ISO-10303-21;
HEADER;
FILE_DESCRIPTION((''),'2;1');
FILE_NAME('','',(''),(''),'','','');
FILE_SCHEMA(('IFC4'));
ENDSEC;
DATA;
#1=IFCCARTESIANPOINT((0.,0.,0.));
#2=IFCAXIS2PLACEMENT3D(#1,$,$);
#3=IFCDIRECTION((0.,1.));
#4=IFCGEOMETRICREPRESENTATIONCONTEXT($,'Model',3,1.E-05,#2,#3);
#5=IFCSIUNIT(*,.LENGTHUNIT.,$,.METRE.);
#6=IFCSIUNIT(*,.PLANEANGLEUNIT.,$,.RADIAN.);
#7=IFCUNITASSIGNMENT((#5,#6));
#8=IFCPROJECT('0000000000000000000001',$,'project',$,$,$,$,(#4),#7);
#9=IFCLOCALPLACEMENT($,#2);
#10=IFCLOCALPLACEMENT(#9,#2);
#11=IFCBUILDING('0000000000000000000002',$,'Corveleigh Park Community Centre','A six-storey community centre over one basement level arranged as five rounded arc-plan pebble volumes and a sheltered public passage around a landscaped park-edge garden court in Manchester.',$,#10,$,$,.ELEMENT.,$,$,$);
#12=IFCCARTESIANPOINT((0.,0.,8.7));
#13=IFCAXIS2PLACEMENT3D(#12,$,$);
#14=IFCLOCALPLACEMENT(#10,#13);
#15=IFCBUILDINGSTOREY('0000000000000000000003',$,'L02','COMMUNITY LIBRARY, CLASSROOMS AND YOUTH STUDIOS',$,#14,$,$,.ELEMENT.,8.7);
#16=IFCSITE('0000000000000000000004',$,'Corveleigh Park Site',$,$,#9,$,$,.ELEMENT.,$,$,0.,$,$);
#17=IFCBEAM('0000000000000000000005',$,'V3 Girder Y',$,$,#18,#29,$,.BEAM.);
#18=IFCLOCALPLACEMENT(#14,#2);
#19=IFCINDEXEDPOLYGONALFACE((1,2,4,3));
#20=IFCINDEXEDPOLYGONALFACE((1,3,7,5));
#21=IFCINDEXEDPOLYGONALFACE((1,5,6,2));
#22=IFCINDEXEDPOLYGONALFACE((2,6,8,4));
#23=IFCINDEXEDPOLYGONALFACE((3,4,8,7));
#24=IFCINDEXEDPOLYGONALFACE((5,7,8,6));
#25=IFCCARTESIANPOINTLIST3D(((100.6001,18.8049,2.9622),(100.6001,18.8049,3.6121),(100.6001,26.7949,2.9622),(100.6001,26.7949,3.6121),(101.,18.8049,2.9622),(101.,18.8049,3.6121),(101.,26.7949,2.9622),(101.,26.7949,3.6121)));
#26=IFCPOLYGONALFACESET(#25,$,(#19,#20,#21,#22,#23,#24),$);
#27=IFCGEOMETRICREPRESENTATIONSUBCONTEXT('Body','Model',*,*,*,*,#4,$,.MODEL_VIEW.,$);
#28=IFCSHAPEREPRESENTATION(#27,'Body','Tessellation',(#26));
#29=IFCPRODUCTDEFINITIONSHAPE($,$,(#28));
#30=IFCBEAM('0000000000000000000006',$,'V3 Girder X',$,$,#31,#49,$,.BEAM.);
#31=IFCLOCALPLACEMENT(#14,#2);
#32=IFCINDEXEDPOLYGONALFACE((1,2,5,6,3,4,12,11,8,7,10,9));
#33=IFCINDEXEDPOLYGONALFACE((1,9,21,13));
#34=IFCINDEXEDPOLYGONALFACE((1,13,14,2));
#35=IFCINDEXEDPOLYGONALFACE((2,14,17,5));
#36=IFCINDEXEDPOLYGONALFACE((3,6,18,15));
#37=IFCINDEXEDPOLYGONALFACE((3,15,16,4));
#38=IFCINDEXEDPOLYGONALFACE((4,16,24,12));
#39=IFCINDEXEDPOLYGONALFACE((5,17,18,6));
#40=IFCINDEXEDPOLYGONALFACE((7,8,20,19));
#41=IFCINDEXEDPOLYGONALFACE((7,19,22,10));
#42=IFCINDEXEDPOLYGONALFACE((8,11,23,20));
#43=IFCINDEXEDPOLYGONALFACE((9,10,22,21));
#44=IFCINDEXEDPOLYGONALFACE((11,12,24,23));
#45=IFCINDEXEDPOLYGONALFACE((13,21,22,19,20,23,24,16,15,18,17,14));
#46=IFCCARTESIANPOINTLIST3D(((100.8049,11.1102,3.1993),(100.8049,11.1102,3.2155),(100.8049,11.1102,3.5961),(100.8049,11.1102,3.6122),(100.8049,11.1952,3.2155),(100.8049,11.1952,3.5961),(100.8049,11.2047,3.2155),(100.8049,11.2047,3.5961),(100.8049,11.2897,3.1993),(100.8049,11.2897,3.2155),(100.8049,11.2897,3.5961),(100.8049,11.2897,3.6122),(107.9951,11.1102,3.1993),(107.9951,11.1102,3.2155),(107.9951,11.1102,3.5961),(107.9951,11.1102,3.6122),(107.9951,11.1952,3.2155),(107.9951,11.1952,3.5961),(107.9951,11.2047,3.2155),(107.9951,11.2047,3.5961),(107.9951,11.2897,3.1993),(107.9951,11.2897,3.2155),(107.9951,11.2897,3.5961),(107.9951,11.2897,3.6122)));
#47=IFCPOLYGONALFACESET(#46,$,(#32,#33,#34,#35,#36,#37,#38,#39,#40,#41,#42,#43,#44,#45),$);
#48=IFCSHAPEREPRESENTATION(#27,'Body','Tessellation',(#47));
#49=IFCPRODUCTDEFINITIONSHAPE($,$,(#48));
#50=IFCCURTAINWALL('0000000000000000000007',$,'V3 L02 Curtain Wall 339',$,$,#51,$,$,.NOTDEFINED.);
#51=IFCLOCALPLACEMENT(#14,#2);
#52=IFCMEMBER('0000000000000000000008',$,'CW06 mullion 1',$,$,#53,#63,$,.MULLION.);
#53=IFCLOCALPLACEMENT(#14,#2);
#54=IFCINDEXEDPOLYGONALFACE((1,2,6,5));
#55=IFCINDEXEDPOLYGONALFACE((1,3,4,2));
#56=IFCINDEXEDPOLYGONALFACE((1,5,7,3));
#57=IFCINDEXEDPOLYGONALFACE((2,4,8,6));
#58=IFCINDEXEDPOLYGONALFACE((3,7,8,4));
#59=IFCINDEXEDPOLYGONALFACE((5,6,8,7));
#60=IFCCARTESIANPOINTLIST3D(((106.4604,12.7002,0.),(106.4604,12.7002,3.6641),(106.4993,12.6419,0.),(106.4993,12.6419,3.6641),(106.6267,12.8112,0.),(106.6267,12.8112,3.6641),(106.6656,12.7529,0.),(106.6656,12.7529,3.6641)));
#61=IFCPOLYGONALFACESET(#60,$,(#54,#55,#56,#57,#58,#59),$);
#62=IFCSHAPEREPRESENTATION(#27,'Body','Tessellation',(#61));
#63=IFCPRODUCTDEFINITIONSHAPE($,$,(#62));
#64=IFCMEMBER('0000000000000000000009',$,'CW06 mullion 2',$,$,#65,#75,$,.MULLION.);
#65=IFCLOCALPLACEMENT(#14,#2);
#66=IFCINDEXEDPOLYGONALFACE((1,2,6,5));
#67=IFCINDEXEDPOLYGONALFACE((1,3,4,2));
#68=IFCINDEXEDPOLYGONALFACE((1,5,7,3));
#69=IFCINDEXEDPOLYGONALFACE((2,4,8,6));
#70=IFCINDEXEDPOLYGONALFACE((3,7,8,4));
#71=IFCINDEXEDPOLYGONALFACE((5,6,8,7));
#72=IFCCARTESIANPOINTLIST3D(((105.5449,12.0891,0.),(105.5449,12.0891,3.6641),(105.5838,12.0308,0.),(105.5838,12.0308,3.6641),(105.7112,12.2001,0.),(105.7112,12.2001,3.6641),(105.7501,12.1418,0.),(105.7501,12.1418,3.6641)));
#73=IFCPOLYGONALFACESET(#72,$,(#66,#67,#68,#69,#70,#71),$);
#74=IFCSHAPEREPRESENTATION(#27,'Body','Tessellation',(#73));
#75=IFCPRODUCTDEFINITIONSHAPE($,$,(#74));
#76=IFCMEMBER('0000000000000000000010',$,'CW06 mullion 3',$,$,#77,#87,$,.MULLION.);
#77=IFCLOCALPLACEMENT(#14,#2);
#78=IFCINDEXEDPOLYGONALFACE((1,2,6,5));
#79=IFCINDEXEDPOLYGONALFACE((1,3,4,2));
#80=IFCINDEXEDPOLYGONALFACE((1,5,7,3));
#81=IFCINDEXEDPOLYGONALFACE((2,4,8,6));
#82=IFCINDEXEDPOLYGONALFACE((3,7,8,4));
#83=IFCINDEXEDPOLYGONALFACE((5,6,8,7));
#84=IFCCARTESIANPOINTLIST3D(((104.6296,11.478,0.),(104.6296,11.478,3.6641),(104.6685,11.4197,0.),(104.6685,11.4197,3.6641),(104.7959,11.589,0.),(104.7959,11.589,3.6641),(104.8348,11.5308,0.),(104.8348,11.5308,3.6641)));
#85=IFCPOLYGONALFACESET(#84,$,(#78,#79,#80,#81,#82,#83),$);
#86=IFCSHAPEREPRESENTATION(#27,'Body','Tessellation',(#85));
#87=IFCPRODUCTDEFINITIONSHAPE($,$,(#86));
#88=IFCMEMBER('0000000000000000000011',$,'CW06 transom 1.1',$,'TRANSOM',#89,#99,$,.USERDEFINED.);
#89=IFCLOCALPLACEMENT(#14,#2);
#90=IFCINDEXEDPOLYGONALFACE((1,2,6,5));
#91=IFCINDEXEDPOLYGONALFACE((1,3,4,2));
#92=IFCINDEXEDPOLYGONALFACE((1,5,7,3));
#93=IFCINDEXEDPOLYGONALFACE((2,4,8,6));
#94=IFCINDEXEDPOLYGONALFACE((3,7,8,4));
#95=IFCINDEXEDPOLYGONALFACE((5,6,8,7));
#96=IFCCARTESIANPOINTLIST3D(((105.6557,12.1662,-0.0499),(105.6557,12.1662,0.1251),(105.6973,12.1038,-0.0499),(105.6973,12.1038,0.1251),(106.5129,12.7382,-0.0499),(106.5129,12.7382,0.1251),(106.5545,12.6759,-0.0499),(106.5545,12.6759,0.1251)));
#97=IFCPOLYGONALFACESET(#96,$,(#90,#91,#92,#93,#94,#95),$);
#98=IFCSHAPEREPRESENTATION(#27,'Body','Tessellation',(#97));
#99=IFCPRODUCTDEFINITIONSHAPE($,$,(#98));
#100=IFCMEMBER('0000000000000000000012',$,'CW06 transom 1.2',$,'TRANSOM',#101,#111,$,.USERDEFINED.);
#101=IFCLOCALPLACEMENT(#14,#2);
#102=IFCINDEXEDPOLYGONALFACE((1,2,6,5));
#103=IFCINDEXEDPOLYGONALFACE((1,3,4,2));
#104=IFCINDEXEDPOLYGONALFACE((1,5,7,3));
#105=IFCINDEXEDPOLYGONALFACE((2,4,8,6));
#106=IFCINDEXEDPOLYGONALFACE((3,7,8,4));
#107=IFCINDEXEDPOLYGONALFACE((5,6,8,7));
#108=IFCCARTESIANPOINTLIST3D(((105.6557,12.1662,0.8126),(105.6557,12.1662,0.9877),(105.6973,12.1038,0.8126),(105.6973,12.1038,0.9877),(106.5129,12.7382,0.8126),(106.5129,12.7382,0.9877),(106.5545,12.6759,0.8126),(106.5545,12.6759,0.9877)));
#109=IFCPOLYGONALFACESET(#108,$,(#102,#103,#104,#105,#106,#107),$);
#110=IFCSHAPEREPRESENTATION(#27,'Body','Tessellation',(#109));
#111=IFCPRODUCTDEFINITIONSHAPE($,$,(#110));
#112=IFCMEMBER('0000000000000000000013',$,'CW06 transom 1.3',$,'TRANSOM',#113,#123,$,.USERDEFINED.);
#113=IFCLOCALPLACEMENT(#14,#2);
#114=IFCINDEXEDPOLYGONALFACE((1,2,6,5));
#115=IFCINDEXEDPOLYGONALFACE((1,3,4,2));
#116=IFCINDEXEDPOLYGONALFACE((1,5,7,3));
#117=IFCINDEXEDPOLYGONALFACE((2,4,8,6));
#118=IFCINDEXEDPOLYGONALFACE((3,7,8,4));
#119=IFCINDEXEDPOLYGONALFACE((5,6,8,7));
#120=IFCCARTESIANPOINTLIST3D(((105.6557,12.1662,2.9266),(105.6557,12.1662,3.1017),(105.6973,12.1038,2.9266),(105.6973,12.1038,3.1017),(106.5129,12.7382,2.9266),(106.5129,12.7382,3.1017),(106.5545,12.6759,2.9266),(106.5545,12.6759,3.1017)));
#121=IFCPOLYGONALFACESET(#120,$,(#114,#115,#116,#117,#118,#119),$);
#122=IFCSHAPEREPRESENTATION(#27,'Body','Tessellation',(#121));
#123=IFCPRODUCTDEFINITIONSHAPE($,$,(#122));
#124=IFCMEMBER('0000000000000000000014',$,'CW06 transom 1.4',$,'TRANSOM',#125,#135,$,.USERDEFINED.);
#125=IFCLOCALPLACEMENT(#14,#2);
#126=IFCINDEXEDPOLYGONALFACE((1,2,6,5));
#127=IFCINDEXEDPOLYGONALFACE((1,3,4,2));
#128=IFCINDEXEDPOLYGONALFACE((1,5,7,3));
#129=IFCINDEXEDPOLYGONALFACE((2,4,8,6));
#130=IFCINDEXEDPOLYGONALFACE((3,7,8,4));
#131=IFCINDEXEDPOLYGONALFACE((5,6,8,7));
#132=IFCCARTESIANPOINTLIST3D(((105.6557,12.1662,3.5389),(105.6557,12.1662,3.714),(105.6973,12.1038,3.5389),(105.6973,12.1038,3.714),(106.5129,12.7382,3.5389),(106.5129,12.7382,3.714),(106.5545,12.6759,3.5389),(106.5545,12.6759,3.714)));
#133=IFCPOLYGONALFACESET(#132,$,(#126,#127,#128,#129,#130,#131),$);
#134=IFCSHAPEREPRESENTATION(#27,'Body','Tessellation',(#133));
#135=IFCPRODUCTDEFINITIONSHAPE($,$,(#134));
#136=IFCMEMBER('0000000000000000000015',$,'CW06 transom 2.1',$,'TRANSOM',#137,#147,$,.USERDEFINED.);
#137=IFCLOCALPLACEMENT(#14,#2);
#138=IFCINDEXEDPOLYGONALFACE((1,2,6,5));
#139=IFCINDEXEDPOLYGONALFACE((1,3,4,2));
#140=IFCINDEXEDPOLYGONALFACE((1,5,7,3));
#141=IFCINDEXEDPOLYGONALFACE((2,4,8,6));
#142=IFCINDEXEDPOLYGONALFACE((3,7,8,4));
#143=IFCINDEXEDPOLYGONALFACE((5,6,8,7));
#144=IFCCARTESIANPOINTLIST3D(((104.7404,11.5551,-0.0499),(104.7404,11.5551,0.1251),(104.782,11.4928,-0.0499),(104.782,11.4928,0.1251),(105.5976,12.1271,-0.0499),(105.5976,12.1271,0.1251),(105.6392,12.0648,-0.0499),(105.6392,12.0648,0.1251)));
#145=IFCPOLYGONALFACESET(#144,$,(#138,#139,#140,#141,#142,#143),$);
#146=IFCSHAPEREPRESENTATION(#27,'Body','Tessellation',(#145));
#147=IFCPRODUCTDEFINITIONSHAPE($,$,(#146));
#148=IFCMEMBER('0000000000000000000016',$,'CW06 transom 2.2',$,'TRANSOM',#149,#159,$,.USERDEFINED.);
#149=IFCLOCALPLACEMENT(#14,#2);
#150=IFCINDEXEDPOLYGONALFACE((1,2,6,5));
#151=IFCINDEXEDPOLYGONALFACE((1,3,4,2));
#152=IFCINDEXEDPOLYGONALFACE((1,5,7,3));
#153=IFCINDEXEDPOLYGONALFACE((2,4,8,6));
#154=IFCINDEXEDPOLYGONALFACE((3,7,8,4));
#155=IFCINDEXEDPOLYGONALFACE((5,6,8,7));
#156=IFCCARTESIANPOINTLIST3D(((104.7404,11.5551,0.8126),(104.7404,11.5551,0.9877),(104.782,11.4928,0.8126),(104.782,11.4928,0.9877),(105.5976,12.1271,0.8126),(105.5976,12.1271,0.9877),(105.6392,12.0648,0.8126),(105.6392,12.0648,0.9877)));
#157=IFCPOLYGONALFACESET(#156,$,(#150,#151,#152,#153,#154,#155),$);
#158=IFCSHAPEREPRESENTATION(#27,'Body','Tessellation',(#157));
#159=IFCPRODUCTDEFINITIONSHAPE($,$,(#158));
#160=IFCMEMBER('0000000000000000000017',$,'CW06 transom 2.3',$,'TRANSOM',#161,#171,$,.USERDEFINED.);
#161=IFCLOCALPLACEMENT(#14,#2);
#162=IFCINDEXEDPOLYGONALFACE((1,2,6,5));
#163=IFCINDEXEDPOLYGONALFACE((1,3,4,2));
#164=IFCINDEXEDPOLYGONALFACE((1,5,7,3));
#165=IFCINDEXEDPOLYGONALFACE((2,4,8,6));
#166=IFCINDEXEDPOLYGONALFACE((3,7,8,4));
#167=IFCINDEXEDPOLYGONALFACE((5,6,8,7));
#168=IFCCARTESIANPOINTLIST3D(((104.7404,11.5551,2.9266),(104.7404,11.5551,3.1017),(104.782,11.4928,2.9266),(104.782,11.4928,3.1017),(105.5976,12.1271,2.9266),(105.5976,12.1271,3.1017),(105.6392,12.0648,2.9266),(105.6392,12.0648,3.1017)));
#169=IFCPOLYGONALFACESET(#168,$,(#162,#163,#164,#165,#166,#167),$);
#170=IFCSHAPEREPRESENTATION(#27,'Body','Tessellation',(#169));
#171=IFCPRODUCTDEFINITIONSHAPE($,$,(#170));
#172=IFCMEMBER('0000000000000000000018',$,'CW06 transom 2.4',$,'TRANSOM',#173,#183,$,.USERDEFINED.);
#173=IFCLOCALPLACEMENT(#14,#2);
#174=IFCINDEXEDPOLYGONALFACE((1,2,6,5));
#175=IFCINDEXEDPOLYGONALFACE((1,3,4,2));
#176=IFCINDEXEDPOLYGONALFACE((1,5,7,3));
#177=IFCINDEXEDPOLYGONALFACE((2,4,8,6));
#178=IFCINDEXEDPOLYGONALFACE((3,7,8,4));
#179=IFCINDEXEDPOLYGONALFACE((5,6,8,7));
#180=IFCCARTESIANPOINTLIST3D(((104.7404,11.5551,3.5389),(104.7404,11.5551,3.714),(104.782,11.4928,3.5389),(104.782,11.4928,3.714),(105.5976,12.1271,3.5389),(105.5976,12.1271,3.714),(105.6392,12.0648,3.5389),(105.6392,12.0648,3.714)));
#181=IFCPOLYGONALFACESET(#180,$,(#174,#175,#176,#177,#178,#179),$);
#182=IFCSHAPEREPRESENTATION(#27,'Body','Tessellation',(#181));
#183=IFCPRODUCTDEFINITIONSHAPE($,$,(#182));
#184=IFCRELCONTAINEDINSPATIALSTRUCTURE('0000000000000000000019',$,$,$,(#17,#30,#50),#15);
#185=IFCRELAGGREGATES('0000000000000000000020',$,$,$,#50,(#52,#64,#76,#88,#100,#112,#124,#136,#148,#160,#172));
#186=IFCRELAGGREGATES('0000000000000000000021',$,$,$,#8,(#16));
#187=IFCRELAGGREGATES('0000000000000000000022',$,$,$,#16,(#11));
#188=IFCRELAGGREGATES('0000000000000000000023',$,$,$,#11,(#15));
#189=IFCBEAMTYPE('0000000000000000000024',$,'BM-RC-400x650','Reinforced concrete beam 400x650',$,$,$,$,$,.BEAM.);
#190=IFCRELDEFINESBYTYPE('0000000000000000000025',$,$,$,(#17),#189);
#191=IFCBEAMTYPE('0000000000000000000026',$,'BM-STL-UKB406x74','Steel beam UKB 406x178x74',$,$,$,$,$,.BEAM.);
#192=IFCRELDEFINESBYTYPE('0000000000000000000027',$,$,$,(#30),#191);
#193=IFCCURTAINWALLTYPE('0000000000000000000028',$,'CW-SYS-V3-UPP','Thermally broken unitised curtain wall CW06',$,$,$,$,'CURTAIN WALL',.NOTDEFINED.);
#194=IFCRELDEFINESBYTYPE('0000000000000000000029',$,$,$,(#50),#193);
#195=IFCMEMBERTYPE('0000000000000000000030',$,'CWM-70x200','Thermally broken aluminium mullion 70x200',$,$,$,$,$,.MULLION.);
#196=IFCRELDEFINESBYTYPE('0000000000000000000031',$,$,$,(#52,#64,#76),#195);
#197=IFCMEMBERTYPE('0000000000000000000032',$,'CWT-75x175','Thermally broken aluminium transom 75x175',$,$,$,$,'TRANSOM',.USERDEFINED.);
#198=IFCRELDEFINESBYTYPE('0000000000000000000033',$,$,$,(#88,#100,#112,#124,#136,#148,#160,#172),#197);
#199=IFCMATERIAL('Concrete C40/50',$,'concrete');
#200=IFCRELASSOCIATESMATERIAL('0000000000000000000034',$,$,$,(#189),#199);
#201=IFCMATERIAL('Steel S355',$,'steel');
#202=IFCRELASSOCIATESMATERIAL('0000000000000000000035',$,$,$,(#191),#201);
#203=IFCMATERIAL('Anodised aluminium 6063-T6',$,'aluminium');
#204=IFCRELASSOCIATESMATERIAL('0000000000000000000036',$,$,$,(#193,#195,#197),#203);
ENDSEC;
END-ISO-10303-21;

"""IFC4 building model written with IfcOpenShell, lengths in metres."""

from ifc_helpers import new_model, si_unit, direction, frame, origin, origin_2d, place, context, subcontext, project, spatial, rectangle, i_section, extrude, material, material_profile, profile_set, type_object, element, aggregate, save


model = new_model("IFC4")

# Units and contexts
model_context = context("Model", 3, precision=1e-05, world=origin(), true_north=direction((0.0, 1.0)))
body_context = subcontext(model_context, "Body", "Model", "MODEL_VIEW")
ifc_project = project(units=[si_unit("LENGTHUNIT", "METRE"), si_unit("PLANEANGLEUNIT", "RADIAN")], contexts=[model_context])

# Site, building, storey
site_placement = place(None, origin())
site = spatial("IfcSite", under=ifc_project, at=site_placement, Name="Corveleigh Park Site", CompositionType="ELEMENT", RefElevation=0.0)
building_placement = place(site_placement, origin())
building = spatial("IfcBuilding", under=site, at=building_placement, Name="Corveleigh Park Community Centre", Description="A six-storey community centre over one basement level arranged as five rounded arc-plan pebble volumes and a sheltered public passage around a landscaped park-edge garden court in Manchester.", CompositionType="ELEMENT")
storey_placement = place(building_placement, frame((0.0, 0.0, 8.7)))
storey = spatial("IfcBuildingStorey", under=building, at=storey_placement, Name="L02", Description="COMMUNITY LIBRARY, CLASSROOMS AND YOUTH STUDIOS", CompositionType="ELEMENT", Elevation=8.7)

# Beams
ifc_material_1 = material(Name="Concrete C40/50", Category="concrete")
ifc_material_profile_1 = material_profile(ifc_material_1, rectangle(XDim=0.3999, YDim=0.6499, at=origin_2d()), Name="RC-400x650", Category="concrete")
ifc_profile_set_1 = profile_set([ifc_material_profile_1], Name="Concrete C40/50")
beam_type_1 = type_object("IfcBeamType", Name="BM-RC-400x650", Description="Reinforced concrete beam 400x650", PredefinedType="BEAM", material=ifc_profile_set_1)
beam_1_placement = place(storey_placement, frame((100.8, 18.8049, 3.2871), z_axis=(0.0, 1.0, 0.0), x_axis=(-1.0, 0.0, 0.0)))
element("IfcBeam", 1, at=beam_1_placement, inside=storey, type_object=beam_type_1, Name="V3 Girder Y", PredefinedType="BEAM", context=body_context, shape_type="SweptSolid", body=[
    extrude(rectangle(XDim=0.3999, YDim=0.6499, at=origin_2d()), origin(), (0.0, 0.0, 1.0), 7.99),
])
ifc_material_2 = material(Name="Steel S355", Category="steel")
ifc_material_profile_2 = material_profile(ifc_material_2, i_section(OverallWidth=0.1794, OverallDepth=0.4128, WebThickness=0.0095, FlangeThickness=0.0161, at=origin_2d()), Name="UKB 406x178x74", Category="steel")
ifc_profile_set_2 = profile_set([ifc_material_profile_2], Name="Steel S355")
beam_type_2 = type_object("IfcBeamType", Name="BM-STL-UKB406x74", Description="Steel beam UKB 406x178x74", PredefinedType="BEAM", material=ifc_profile_set_2)
beam_2_placement = place(storey_placement, frame((100.8049, 11.2, 3.4058), z_axis=(1.0, 0.0, 0.0), x_axis=(0.0, 1.0, 0.0)))
element("IfcBeam", 2, at=beam_2_placement, inside=storey, type_object=beam_type_2, Name="V3 Girder X", PredefinedType="BEAM", context=body_context, shape_type="SweptSolid", body=[
    extrude(i_section(OverallWidth=0.1794, OverallDepth=0.4128, WebThickness=0.0095, FlangeThickness=0.0161, at=origin_2d()), origin(), (0.0, 0.0, 1.0), 7.1902),
])

# Curtain wall, members
ifc_material_3 = material(Name="Anodised aluminium 6063-T6", Category="aluminium")
curtain_wall_type = type_object("IfcCurtainWallType", Name="CW-SYS-V3-UPP", Description="Thermally broken unitised curtain wall CW06", ElementType="CURTAIN WALL", PredefinedType="NOTDEFINED", material=ifc_material_3)
curtain_wall_placement = place(storey_placement, origin())
curtain_wall = element("IfcCurtainWall", 3, at=curtain_wall_placement, inside=storey, type_object=curtain_wall_type, Name="V3 L02 Curtain Wall 339", PredefinedType="NOTDEFINED")
ifc_material_profile_3 = material_profile(ifc_material_3, rectangle(XDim=0.0701, YDim=0.2, at=origin_2d()), Name="ALU-M70x200", Category="aluminium")
ifc_profile_set_3 = profile_set([ifc_material_profile_3], Name="Anodised aluminium 6063-T6")
member_type_1 = type_object("IfcMemberType", Name="CWM-70x200", Description="Thermally broken aluminium mullion 70x200", PredefinedType="MULLION", material=ifc_profile_set_3)
member_1_placement = place(storey_placement, frame((106.563, 12.7266, 0.0), z_axis=(0.0, 0.0, 1.0), x_axis=(0.555208, -0.831711, 0.0)))
member_1 = element("IfcMember", 4, at=member_1_placement, type_object=member_type_1, Name="CW06 mullion 1", PredefinedType="MULLION", context=body_context, shape_type="SweptSolid", body=[
    extrude(rectangle(XDim=0.0701, YDim=0.2, at=origin_2d()), origin(), (0.0, 0.0, 1.0), 3.6641),
])
member_2_placement = place(storey_placement, frame((105.6475, 12.1155, 0.0), z_axis=(0.0, 0.0, 1.0), x_axis=(0.555208, -0.831711, 0.0)))
member_2 = element("IfcMember", 5, at=member_2_placement, type_object=member_type_1, Name="CW06 mullion 2", PredefinedType="MULLION", context=body_context, shape_type="SweptSolid", body=[
    extrude(rectangle(XDim=0.0701, YDim=0.2, at=origin_2d()), origin(), (0.0, 0.0, 1.0), 3.6641),
])
member_3_placement = place(storey_placement, frame((104.7322, 11.5044, 0.0), z_axis=(0.0, 0.0, 1.0), x_axis=(0.555208, -0.831711, 0.0)))
member_3 = element("IfcMember", 6, at=member_3_placement, type_object=member_type_1, Name="CW06 mullion 3", PredefinedType="MULLION", context=body_context, shape_type="SweptSolid", body=[
    extrude(rectangle(XDim=0.0701, YDim=0.2, at=origin_2d()), origin(), (0.0, 0.0, 1.0), 3.6641),
])
ifc_material_profile_4 = material_profile(ifc_material_3, rectangle(XDim=0.075, YDim=0.175, at=origin_2d()), Name="ALU-T75x175", Category="aluminium")
ifc_profile_set_4 = profile_set([ifc_material_profile_4], Name="Anodised aluminium 6063-T6")
member_type_2 = type_object("IfcMemberType", Name="CWT-75x175", Description="Thermally broken aluminium transom 75x175", ElementType="TRANSOM", PredefinedType="USERDEFINED", material=ifc_profile_set_4)
member_4_placement = place(storey_placement, frame((106.5337, 12.707, 0.0376), z_axis=(-0.831795, -0.555083, 0.0), x_axis=(0.555083, -0.831795, 0.0)))
member_4 = element("IfcMember", 7, at=member_4_placement, type_object=member_type_2, Name="CW06 transom 1.1", ObjectType="TRANSOM", PredefinedType="USERDEFINED", context=body_context, shape_type="SweptSolid", body=[
    extrude(rectangle(XDim=0.075, YDim=0.175, at=origin_2d()), origin(), (0.0, 0.0, 1.0), 1.0305),
])
member_5_placement = place(storey_placement, frame((106.5337, 12.707, 0.9001), z_axis=(-0.831795, -0.555083, 0.0), x_axis=(0.555083, -0.831795, 0.0)))
member_5 = element("IfcMember", 8, at=member_5_placement, type_object=member_type_2, Name="CW06 transom 1.2", ObjectType="TRANSOM", PredefinedType="USERDEFINED", context=body_context, shape_type="SweptSolid", body=[
    extrude(rectangle(XDim=0.075, YDim=0.175, at=origin_2d()), origin(), (0.0, 0.0, 1.0), 1.0305),
])
member_6_placement = place(storey_placement, frame((106.5337, 12.707, 3.0142), z_axis=(-0.831795, -0.555083, 0.0), x_axis=(0.555083, -0.831795, 0.0)))
member_6 = element("IfcMember", 9, at=member_6_placement, type_object=member_type_2, Name="CW06 transom 1.3", ObjectType="TRANSOM", PredefinedType="USERDEFINED", context=body_context, shape_type="SweptSolid", body=[
    extrude(rectangle(XDim=0.075, YDim=0.175, at=origin_2d()), origin(), (0.0, 0.0, 1.0), 1.0305),
])
member_7_placement = place(storey_placement, frame((106.5337, 12.707, 3.6265), z_axis=(-0.831795, -0.555083, 0.0), x_axis=(0.555083, -0.831795, 0.0)))
member_7 = element("IfcMember", 10, at=member_7_placement, type_object=member_type_2, Name="CW06 transom 1.4", ObjectType="TRANSOM", PredefinedType="USERDEFINED", context=body_context, shape_type="SweptSolid", body=[
    extrude(rectangle(XDim=0.075, YDim=0.175, at=origin_2d()), origin(), (0.0, 0.0, 1.0), 1.0305),
])
member_8_placement = place(storey_placement, frame((105.6184, 12.0959, 0.0376), z_axis=(-0.831795, -0.555083, 0.0), x_axis=(0.555083, -0.831795, 0.0)))
member_8 = element("IfcMember", 11, at=member_8_placement, type_object=member_type_2, Name="CW06 transom 2.1", ObjectType="TRANSOM", PredefinedType="USERDEFINED", context=body_context, shape_type="SweptSolid", body=[
    extrude(rectangle(XDim=0.075, YDim=0.175, at=origin_2d()), origin(), (0.0, 0.0, 1.0), 1.0305),
])
member_9_placement = place(storey_placement, frame((105.6184, 12.0959, 0.9001), z_axis=(-0.831795, -0.555083, 0.0), x_axis=(0.555083, -0.831795, 0.0)))
member_9 = element("IfcMember", 12, at=member_9_placement, type_object=member_type_2, Name="CW06 transom 2.2", ObjectType="TRANSOM", PredefinedType="USERDEFINED", context=body_context, shape_type="SweptSolid", body=[
    extrude(rectangle(XDim=0.075, YDim=0.175, at=origin_2d()), origin(), (0.0, 0.0, 1.0), 1.0305),
])
member_10_placement = place(storey_placement, frame((105.6184, 12.0959, 3.0142), z_axis=(-0.831795, -0.555083, 0.0), x_axis=(0.555083, -0.831795, 0.0)))
member_10 = element("IfcMember", 13, at=member_10_placement, type_object=member_type_2, Name="CW06 transom 2.3", ObjectType="TRANSOM", PredefinedType="USERDEFINED", context=body_context, shape_type="SweptSolid", body=[
    extrude(rectangle(XDim=0.075, YDim=0.175, at=origin_2d()), origin(), (0.0, 0.0, 1.0), 1.0305),
])
member_11_placement = place(storey_placement, frame((105.6184, 12.0959, 3.6265), z_axis=(-0.831795, -0.555083, 0.0), x_axis=(0.555083, -0.831795, 0.0)))
member_11 = element("IfcMember", 14, at=member_11_placement, type_object=member_type_2, Name="CW06 transom 2.4", ObjectType="TRANSOM", PredefinedType="USERDEFINED", context=body_context, shape_type="SweptSolid", body=[
    extrude(rectangle(XDim=0.075, YDim=0.175, at=origin_2d()), origin(), (0.0, 0.0, 1.0), 1.0305),
])
aggregate(curtain_wall, [member_1, member_2, member_3, member_4, member_5, member_6, member_7, member_8, member_9, member_10, member_11])

save(model, "model.ifc")
